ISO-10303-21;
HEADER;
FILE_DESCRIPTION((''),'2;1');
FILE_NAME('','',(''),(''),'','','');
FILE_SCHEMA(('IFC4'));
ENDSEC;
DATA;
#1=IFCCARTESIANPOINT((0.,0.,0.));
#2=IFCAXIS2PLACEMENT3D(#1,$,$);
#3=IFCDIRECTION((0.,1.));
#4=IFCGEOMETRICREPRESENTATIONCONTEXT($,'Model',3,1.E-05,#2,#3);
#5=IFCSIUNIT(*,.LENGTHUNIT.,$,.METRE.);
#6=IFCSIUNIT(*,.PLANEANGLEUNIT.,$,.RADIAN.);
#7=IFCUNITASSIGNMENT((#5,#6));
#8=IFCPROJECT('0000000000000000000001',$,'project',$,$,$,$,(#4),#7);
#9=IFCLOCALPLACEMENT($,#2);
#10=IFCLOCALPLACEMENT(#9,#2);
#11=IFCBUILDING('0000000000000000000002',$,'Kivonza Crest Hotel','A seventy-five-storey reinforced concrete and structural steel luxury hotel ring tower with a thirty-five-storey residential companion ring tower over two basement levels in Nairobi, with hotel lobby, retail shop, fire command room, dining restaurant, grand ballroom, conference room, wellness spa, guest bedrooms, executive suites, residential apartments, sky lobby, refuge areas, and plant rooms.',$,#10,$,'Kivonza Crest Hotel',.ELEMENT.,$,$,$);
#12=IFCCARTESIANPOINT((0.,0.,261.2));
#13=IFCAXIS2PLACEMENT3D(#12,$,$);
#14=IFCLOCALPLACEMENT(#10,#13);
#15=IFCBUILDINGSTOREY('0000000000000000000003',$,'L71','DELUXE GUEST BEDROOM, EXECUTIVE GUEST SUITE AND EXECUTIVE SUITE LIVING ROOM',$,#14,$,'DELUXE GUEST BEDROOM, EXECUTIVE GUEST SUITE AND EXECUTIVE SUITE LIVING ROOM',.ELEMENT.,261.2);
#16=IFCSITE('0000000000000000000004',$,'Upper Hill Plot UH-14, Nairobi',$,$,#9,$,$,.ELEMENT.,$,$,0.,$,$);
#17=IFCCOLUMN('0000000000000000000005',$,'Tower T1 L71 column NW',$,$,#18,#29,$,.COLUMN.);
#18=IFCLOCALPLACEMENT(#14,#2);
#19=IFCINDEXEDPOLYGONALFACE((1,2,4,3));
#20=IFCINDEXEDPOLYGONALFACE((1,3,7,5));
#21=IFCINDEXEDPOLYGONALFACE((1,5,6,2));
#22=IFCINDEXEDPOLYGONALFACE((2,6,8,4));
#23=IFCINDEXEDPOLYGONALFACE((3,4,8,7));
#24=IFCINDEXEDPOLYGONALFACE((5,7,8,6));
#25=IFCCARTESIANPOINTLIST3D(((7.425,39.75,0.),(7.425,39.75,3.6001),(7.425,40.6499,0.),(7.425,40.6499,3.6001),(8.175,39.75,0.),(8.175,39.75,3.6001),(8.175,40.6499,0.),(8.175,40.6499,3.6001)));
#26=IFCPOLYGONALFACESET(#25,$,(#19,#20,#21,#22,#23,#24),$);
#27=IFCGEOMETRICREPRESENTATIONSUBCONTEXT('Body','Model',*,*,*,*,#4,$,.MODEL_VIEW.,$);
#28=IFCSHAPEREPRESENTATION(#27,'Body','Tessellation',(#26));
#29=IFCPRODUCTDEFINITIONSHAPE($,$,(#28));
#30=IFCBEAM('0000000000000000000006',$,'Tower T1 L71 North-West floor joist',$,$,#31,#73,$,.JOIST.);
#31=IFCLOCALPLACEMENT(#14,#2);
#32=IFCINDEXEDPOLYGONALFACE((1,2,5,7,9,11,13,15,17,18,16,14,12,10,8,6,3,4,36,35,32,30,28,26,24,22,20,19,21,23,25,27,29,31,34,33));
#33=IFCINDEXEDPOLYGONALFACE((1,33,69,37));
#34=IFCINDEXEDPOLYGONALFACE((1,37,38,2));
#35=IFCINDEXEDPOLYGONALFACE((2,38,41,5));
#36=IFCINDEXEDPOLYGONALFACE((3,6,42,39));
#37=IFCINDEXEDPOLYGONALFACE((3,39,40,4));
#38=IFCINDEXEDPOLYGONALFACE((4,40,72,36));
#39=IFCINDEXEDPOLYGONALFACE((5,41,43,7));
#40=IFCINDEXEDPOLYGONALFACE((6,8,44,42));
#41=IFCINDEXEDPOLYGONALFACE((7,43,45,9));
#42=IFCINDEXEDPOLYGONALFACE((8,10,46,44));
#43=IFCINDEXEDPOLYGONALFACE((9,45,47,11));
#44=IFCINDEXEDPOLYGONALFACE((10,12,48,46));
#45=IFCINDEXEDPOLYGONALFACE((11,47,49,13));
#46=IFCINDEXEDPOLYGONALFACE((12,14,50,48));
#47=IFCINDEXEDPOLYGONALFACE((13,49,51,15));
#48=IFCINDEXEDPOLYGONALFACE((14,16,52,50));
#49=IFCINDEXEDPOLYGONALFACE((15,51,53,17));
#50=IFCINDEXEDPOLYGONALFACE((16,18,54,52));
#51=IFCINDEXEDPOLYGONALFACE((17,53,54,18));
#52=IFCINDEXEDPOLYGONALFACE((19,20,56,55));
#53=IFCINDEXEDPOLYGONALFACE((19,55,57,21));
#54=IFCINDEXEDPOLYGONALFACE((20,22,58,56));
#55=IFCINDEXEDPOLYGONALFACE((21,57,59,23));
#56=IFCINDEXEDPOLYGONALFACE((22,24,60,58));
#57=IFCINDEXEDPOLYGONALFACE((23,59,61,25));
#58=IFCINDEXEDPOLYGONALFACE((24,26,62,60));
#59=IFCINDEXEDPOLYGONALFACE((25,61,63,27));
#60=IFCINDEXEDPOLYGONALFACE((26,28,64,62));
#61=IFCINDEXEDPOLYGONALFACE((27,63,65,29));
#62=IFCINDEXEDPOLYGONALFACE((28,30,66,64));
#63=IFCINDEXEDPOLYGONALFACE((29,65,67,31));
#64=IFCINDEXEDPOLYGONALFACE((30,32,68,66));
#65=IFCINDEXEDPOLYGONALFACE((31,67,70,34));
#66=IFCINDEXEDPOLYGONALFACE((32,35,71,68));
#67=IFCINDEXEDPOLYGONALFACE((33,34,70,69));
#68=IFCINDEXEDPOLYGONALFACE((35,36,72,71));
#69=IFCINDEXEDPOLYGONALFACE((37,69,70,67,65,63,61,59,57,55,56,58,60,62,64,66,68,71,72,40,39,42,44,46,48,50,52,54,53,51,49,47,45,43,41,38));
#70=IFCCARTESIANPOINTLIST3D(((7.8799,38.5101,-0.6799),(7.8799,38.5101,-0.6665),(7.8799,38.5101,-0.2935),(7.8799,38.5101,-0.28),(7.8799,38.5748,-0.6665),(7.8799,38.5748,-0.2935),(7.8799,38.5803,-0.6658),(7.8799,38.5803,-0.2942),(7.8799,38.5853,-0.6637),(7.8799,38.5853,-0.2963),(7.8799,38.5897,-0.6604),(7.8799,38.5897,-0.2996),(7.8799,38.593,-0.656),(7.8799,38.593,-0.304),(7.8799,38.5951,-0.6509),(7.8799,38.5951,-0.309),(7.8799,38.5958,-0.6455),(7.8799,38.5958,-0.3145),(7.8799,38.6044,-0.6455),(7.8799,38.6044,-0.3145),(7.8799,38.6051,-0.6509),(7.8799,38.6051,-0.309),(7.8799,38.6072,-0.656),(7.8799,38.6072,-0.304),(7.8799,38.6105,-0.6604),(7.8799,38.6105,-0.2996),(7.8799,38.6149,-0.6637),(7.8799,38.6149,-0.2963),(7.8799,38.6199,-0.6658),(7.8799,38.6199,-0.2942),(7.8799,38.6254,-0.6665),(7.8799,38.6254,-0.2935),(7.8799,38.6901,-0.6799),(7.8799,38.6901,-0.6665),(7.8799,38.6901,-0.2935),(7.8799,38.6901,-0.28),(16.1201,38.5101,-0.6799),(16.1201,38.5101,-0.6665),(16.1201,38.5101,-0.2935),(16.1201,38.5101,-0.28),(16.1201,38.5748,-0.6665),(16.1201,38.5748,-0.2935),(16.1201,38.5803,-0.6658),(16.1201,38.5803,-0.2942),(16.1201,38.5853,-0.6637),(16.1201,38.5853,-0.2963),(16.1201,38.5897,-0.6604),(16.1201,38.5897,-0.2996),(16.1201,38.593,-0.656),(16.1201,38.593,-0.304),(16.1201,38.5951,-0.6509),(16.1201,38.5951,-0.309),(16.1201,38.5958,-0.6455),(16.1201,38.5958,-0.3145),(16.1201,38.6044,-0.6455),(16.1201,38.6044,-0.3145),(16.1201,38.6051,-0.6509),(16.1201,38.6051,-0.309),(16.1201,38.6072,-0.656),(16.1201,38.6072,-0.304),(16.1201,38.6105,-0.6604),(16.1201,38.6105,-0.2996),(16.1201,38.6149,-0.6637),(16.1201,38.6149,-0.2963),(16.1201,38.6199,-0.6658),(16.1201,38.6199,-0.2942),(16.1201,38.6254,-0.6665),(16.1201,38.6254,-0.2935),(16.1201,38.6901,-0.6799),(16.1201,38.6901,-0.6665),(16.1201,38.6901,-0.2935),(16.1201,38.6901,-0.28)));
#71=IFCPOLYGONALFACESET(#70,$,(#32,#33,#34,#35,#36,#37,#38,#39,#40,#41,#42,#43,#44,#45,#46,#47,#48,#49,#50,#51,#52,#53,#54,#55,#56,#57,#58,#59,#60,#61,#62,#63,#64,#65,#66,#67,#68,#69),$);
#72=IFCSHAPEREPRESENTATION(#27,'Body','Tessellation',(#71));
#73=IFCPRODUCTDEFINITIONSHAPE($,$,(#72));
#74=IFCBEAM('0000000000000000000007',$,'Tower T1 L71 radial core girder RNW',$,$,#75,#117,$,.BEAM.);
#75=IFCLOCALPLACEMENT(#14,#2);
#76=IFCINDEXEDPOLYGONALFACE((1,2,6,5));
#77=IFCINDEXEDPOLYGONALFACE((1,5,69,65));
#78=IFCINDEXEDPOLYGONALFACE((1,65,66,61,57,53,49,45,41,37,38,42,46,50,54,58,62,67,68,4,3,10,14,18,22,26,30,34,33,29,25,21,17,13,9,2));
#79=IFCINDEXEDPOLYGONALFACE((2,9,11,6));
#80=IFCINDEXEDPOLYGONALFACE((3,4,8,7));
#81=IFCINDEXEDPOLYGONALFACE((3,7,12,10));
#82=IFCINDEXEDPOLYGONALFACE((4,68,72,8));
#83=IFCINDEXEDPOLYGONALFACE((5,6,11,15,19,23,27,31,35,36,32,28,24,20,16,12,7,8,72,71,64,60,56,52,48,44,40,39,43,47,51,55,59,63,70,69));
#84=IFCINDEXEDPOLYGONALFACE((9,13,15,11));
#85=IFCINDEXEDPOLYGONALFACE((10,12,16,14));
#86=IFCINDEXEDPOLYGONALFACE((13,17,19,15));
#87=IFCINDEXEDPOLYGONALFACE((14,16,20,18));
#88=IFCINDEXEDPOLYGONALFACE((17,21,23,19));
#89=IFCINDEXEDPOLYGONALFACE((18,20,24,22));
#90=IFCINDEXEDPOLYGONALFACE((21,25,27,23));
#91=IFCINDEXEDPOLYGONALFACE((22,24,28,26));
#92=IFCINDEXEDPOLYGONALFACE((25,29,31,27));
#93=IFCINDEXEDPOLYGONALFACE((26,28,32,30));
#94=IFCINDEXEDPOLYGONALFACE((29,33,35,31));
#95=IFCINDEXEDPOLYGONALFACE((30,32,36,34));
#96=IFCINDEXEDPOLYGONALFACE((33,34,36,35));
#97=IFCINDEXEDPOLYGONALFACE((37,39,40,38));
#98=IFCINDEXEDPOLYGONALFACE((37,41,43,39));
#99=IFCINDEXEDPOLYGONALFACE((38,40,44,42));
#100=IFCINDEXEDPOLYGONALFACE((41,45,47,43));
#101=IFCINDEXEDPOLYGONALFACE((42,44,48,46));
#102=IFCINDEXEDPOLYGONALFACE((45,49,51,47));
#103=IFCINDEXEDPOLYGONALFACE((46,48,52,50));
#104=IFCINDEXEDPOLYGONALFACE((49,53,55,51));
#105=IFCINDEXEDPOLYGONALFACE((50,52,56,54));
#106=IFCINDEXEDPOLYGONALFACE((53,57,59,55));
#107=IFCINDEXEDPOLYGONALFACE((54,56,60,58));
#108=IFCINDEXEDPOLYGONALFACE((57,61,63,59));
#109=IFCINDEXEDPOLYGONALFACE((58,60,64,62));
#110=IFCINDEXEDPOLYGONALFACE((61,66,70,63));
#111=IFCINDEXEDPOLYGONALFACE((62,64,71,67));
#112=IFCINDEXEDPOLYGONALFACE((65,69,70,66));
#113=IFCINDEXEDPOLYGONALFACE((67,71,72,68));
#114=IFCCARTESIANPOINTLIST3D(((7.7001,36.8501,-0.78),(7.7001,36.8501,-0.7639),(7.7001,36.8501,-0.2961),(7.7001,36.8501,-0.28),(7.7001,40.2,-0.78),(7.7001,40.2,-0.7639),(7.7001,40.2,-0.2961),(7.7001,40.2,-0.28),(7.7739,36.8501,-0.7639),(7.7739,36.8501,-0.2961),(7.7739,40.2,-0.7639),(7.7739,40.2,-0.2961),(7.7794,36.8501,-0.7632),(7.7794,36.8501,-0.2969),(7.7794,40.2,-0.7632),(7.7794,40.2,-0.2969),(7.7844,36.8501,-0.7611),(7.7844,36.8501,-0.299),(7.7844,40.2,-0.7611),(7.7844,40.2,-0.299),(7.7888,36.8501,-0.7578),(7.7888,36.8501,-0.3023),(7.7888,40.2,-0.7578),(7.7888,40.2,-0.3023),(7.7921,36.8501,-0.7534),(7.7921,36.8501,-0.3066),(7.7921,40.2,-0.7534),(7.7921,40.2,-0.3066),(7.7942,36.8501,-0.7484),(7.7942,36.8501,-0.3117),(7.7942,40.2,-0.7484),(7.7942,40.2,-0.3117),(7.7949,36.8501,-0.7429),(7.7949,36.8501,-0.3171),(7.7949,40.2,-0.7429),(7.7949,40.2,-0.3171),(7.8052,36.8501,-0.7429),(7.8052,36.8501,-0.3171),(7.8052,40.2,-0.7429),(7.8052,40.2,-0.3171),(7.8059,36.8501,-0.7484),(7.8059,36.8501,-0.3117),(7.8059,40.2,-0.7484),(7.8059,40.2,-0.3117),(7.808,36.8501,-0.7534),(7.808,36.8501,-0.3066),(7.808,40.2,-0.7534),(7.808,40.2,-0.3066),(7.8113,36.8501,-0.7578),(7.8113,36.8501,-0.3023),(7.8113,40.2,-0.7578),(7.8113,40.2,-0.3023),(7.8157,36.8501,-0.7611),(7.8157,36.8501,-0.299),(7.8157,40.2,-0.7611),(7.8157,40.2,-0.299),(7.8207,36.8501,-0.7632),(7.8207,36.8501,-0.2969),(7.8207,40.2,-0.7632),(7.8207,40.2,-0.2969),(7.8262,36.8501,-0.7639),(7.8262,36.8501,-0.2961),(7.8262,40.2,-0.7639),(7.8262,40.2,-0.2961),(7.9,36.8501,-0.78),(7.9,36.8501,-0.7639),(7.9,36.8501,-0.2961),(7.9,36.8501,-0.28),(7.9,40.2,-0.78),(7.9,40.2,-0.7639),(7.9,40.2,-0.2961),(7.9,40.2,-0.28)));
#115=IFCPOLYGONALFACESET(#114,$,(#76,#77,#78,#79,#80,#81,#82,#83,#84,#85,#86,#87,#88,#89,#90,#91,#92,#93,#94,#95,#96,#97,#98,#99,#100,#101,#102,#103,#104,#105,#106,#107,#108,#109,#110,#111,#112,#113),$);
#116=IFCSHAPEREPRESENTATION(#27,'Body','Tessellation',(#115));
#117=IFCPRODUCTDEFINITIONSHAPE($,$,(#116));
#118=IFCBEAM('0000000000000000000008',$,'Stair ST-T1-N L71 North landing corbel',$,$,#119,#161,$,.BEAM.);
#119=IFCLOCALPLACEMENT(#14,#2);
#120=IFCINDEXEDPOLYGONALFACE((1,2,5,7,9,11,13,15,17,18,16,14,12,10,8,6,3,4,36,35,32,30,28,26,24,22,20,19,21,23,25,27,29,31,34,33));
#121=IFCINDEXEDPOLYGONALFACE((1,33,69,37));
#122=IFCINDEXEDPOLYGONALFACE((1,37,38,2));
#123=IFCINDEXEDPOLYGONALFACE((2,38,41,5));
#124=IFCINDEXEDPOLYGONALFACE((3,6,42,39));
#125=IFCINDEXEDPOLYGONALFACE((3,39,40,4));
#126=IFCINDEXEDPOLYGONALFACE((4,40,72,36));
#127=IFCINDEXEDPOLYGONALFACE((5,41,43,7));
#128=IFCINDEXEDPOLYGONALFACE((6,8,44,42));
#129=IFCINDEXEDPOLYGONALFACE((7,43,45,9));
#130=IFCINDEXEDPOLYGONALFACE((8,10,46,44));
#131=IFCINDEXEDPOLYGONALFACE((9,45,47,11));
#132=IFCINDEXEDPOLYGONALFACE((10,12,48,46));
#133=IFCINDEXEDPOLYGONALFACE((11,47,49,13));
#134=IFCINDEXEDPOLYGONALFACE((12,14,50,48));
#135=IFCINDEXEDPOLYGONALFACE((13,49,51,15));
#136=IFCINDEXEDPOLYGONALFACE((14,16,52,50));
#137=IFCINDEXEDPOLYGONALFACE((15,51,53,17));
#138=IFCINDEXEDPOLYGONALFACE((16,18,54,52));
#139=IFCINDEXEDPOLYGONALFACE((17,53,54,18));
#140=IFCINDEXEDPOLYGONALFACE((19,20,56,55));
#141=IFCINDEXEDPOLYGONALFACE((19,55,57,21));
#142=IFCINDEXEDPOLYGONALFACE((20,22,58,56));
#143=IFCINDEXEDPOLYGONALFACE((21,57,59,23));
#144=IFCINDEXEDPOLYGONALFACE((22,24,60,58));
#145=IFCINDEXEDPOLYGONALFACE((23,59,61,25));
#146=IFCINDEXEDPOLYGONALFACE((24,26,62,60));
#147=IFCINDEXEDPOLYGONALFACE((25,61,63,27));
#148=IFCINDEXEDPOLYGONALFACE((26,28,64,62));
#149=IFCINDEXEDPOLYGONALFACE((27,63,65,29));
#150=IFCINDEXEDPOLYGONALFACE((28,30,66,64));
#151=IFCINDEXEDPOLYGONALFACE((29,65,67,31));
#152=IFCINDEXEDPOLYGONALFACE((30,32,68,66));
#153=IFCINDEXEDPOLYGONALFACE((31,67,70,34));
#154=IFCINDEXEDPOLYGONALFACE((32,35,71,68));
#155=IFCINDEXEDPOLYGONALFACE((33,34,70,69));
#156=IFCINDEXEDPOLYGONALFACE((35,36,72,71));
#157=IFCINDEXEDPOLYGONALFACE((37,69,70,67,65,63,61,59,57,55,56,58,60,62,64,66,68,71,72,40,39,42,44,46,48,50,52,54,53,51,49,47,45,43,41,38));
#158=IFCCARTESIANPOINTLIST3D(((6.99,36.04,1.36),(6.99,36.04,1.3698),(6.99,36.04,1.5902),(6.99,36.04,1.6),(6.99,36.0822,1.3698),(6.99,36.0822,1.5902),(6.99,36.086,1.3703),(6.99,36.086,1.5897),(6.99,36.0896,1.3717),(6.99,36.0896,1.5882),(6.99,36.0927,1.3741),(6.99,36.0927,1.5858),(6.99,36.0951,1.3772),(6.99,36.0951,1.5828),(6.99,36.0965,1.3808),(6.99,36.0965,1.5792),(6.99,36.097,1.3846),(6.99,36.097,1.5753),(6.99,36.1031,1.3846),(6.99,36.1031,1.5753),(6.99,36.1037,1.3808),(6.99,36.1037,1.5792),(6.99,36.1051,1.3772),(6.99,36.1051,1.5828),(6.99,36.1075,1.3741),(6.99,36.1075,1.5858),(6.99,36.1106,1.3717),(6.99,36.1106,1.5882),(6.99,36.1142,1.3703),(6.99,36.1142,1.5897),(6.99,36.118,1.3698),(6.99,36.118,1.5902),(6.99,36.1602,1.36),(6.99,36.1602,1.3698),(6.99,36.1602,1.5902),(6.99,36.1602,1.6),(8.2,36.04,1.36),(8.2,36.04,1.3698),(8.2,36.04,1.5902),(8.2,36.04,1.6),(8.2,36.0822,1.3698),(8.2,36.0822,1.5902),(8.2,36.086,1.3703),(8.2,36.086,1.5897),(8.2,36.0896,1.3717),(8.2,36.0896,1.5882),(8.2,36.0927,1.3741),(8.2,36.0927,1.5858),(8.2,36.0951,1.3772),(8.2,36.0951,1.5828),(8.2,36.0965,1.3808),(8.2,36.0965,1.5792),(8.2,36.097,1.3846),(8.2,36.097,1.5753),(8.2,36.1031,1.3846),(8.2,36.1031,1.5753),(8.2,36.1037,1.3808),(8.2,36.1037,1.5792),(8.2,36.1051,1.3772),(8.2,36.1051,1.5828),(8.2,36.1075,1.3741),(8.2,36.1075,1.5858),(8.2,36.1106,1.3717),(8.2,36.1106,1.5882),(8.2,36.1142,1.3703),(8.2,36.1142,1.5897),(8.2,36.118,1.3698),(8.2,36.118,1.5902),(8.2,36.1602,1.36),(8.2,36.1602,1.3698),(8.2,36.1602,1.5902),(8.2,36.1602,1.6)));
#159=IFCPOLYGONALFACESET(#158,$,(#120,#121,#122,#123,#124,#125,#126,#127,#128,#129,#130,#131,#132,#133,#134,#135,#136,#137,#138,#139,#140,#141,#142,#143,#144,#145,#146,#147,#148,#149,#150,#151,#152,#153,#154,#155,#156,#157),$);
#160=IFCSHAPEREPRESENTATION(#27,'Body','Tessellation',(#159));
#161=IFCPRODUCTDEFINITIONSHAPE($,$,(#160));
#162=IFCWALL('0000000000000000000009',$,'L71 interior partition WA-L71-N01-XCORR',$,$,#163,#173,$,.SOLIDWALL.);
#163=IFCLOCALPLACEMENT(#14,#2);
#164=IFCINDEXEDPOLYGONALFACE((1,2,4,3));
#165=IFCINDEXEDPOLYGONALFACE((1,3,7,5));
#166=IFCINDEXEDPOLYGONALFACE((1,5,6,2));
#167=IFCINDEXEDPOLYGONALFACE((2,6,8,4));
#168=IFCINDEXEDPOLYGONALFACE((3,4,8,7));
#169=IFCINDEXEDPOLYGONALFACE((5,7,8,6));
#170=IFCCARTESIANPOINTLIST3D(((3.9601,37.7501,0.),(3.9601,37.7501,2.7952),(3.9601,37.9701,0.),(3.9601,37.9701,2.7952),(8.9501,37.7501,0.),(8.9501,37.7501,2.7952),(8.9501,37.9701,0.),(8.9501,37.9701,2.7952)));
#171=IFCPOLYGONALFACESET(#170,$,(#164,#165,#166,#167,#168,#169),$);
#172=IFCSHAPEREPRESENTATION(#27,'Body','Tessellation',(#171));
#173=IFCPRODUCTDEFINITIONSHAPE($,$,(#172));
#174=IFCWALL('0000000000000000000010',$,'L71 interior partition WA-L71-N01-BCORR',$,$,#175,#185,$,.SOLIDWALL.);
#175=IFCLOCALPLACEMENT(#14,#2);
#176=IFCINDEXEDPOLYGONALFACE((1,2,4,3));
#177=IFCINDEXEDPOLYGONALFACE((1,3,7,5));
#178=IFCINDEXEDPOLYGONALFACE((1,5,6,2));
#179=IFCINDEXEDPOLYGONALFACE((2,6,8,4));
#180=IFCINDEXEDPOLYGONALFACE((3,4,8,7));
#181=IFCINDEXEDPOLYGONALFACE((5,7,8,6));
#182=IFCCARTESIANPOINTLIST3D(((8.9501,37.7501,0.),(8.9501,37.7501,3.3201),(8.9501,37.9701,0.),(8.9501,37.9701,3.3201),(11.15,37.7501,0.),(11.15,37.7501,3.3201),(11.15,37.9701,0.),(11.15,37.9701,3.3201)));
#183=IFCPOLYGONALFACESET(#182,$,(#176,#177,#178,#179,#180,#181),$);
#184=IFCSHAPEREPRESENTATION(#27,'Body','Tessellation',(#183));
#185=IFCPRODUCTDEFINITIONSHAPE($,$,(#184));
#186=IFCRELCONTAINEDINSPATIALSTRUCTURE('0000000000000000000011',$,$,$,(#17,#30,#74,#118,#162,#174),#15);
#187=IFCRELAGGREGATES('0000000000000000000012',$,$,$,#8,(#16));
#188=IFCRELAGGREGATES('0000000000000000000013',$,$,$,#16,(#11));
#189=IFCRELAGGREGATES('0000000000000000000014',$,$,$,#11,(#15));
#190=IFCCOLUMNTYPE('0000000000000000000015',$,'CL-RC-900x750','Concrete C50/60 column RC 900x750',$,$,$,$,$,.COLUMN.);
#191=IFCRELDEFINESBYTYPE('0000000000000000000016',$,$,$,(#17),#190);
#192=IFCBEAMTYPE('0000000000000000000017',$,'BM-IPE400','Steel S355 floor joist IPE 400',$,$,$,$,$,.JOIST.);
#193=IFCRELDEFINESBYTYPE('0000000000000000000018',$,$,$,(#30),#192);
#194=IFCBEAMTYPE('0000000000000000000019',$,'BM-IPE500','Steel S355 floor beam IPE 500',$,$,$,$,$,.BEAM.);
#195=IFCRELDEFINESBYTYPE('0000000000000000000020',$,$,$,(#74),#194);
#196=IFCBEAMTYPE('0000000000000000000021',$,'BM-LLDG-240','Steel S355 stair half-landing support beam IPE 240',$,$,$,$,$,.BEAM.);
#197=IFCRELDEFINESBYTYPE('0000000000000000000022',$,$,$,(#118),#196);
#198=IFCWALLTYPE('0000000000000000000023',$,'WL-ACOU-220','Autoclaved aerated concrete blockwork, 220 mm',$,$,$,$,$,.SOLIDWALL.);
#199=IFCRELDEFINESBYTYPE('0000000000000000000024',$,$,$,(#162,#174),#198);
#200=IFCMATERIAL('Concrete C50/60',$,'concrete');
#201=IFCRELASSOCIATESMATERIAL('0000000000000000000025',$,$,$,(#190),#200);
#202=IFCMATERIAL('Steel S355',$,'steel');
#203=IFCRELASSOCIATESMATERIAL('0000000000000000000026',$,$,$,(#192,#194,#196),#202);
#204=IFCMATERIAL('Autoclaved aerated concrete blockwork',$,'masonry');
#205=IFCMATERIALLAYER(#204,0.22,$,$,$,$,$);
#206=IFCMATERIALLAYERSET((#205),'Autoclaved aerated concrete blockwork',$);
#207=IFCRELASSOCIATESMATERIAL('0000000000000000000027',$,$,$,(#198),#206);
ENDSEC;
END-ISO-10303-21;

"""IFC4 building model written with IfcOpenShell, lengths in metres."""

from ifc_helpers import new_model, si_unit, direction, frame, frame_2d, origin, origin_2d, place, context, subcontext, project, spatial, rectangle, i_section, extrude, material, layer, layer_set, material_profile, profile_set, type_object, element, save


model = new_model("IFC4")

# Units and contexts
model_context = context("Model", 3, precision=1e-05, world=origin(), true_north=direction((0.0, 1.0)))
body_context = subcontext(model_context, "Body", "Model", "MODEL_VIEW")
ifc_project = project(units=[si_unit("LENGTHUNIT", "METRE"), si_unit("PLANEANGLEUNIT", "RADIAN")], contexts=[model_context])

# Site, building, storey
site_placement = place(None, origin())
site = spatial("IfcSite", under=ifc_project, at=site_placement, Name="Upper Hill Plot UH-14, Nairobi", CompositionType="ELEMENT", RefElevation=0.0)
building_placement = place(site_placement, origin())
building = spatial("IfcBuilding", under=site, at=building_placement, Name="Kivonza Crest Hotel", Description="A seventy-five-storey reinforced concrete and structural steel luxury hotel ring tower with a thirty-five-storey residential companion ring tower over two basement levels in Nairobi, with hotel lobby, retail shop, fire command room, dining restaurant, grand ballroom, conference room, wellness spa, guest bedrooms, executive suites, residential apartments, sky lobby, refuge areas, and plant rooms.", LongName="Kivonza Crest Hotel", CompositionType="ELEMENT")
storey_placement = place(building_placement, frame((0.0, 0.0, 261.2)))
storey = spatial("IfcBuildingStorey", under=building, at=storey_placement, Name="L71", Description="DELUXE GUEST BEDROOM, EXECUTIVE GUEST SUITE AND EXECUTIVE SUITE LIVING ROOM", LongName="DELUXE GUEST BEDROOM, EXECUTIVE GUEST SUITE AND EXECUTIVE SUITE LIVING ROOM", CompositionType="ELEMENT", Elevation=261.2)

# Column
ifc_material_1 = material(Name="Concrete C50/60", Category="concrete")
ifc_material_profile_1 = material_profile(ifc_material_1, rectangle(XDim=0.75, YDim=0.8999, at=origin_2d()), Name="RC 900x750")
ifc_profile_set_1 = profile_set([ifc_material_profile_1], Name="Concrete C50/60")
column_type = type_object("IfcColumnType", Name="CL-RC-900x750", Description="Concrete C50/60 column RC 900x750", PredefinedType="COLUMN", material=ifc_profile_set_1)
column_placement = place(storey_placement, frame((7.8, 40.2, 0.0), z_axis=(0.0, 0.0, 1.0), x_axis=(1.0, 0.0, 0.0)))
element("IfcColumn", 1, at=column_placement, inside=storey, type_object=column_type, Name="Tower T1 L71 column NW", PredefinedType="COLUMN", context=body_context, shape_type="SweptSolid", body=[
    extrude(rectangle(XDim=0.75, YDim=0.8999, at=origin_2d()), origin(), (0.0, 0.0, 1.0), 3.6001),
])

# Beams
ifc_material_2 = material(Name="Steel S355", Category="steel")
ifc_material_profile_2 = material_profile(ifc_material_2, i_section(OverallWidth=0.1799, OverallDepth=0.3999, WebThickness=0.0085, FlangeThickness=0.0134, FilletRadius=0.021, at=origin_2d()), Name="IPE 400")
ifc_profile_set_2 = profile_set([ifc_material_profile_2], Name="Steel S355")
beam_type_1 = type_object("IfcBeamType", Name="BM-IPE400", Description="Steel S355 floor joist IPE 400", PredefinedType="JOIST", material=ifc_profile_set_2)
beam_1_placement = place(storey_placement, frame((7.8799, 38.6001, -0.48), z_axis=(1.0, 0.0, 0.0), x_axis=(0.0, 1.0, 0.0)))
element("IfcBeam", 2, at=beam_1_placement, inside=storey, type_object=beam_type_1, Name="Tower T1 L71 North-West floor joist", PredefinedType="JOIST", context=body_context, shape_type="SweptSolid", body=[
    extrude(i_section(OverallWidth=0.1799, OverallDepth=0.3999, WebThickness=0.0085, FlangeThickness=0.0134, FilletRadius=0.021, at=origin_2d()), origin(), (0.0, 0.0, 1.0), 8.2402),
])
ifc_material_profile_3 = material_profile(ifc_material_2, i_section(OverallWidth=0.2, OverallDepth=0.5, WebThickness=0.0103, FlangeThickness=0.0161, FilletRadius=0.021, at=origin_2d()), Name="IPE 500")
ifc_profile_set_3 = profile_set([ifc_material_profile_3], Name="Steel S355")
beam_type_2 = type_object("IfcBeamType", Name="BM-IPE500", Description="Steel S355 floor beam IPE 500", PredefinedType="BEAM", material=ifc_profile_set_3)
beam_2_placement = place(storey_placement, frame((7.8, 40.2, -0.53), z_axis=(0.0, -1.0, 0.0), x_axis=(1.0, 0.0, 0.0)))
element("IfcBeam", 3, at=beam_2_placement, inside=storey, type_object=beam_type_2, Name="Tower T1 L71 radial core girder RNW", PredefinedType="BEAM", context=body_context, shape_type="SweptSolid", body=[
    extrude(i_section(OverallWidth=0.2, OverallDepth=0.5, WebThickness=0.0103, FlangeThickness=0.0161, FilletRadius=0.021, at=origin_2d()), origin(), (0.0, 0.0, 1.0), 3.3499),
])
ifc_material_profile_4 = material_profile(ifc_material_2, i_section(OverallWidth=0.1201, OverallDepth=0.24, WebThickness=0.0061, FlangeThickness=0.0098, FilletRadius=0.0149, at=origin_2d()), Name="IPE 240")
ifc_profile_set_4 = profile_set([ifc_material_profile_4], Name="Steel S355")
beam_type_3 = type_object("IfcBeamType", Name="BM-LLDG-240", Description="Steel S355 stair half-landing support beam IPE 240", PredefinedType="BEAM", material=ifc_profile_set_4)
beam_3_placement = place(storey_placement, frame((6.99, 36.1001, 1.48), z_axis=(1.0, 0.0, 0.0), x_axis=(0.0, 1.0, 0.0)))
element("IfcBeam", 4, at=beam_3_placement, inside=storey, type_object=beam_type_3, Name="Stair ST-T1-N L71 North landing corbel", PredefinedType="BEAM", context=body_context, shape_type="SweptSolid", body=[
    extrude(i_section(OverallWidth=0.1201, OverallDepth=0.24, WebThickness=0.0061, FlangeThickness=0.0098, FilletRadius=0.0149, at=origin_2d()), origin(), (0.0, 0.0, 1.0), 1.21),
])

# Walls
ifc_material_3 = material(Name="Autoclaved aerated concrete blockwork", Category="masonry")
ifc_layer_1 = layer(ifc_material_3, 0.22)
ifc_layer_set_1 = layer_set([ifc_layer_1], Name="Autoclaved aerated concrete blockwork")
wall_type_1 = type_object("IfcWallType", Name="WL-ACOU-220", Description="Autoclaved aerated concrete blockwork, 220 mm", PredefinedType="SOLIDWALL", material=ifc_layer_set_1)
wall_1_placement = place(storey_placement, frame((3.96, 37.8601, 0.0), z_axis=(0.0, 0.0, 1.0), x_axis=(1.0, 0.0, 0.0)))
element("IfcWall", 5, at=wall_1_placement, inside=storey, type_object=wall_type_1, Name="L71 interior partition WA-L71-N01-XCORR", PredefinedType="SOLIDWALL", context=body_context, shape_type="SweptSolid", body=[
    extrude(rectangle(XDim=4.99, YDim=0.22, at=frame_2d((2.4951, 0.0))), origin(), (0.0, 0.0, 1.0), 2.7952),
])
wall_2_placement = place(storey_placement, frame((8.95, 37.8601, 0.0), z_axis=(0.0, 0.0, 1.0), x_axis=(1.0, 0.0, 0.0)))
element("IfcWall", 6, at=wall_2_placement, inside=storey, type_object=wall_type_1, Name="L71 interior partition WA-L71-N01-BCORR", PredefinedType="SOLIDWALL", context=body_context, shape_type="SweptSolid", body=[
    extrude(rectangle(XDim=2.2, YDim=0.22, at=frame_2d((1.1001, 0.0))), origin(), (0.0, 0.0, 1.0), 3.3201),
])

save(model, "model.ifc")
